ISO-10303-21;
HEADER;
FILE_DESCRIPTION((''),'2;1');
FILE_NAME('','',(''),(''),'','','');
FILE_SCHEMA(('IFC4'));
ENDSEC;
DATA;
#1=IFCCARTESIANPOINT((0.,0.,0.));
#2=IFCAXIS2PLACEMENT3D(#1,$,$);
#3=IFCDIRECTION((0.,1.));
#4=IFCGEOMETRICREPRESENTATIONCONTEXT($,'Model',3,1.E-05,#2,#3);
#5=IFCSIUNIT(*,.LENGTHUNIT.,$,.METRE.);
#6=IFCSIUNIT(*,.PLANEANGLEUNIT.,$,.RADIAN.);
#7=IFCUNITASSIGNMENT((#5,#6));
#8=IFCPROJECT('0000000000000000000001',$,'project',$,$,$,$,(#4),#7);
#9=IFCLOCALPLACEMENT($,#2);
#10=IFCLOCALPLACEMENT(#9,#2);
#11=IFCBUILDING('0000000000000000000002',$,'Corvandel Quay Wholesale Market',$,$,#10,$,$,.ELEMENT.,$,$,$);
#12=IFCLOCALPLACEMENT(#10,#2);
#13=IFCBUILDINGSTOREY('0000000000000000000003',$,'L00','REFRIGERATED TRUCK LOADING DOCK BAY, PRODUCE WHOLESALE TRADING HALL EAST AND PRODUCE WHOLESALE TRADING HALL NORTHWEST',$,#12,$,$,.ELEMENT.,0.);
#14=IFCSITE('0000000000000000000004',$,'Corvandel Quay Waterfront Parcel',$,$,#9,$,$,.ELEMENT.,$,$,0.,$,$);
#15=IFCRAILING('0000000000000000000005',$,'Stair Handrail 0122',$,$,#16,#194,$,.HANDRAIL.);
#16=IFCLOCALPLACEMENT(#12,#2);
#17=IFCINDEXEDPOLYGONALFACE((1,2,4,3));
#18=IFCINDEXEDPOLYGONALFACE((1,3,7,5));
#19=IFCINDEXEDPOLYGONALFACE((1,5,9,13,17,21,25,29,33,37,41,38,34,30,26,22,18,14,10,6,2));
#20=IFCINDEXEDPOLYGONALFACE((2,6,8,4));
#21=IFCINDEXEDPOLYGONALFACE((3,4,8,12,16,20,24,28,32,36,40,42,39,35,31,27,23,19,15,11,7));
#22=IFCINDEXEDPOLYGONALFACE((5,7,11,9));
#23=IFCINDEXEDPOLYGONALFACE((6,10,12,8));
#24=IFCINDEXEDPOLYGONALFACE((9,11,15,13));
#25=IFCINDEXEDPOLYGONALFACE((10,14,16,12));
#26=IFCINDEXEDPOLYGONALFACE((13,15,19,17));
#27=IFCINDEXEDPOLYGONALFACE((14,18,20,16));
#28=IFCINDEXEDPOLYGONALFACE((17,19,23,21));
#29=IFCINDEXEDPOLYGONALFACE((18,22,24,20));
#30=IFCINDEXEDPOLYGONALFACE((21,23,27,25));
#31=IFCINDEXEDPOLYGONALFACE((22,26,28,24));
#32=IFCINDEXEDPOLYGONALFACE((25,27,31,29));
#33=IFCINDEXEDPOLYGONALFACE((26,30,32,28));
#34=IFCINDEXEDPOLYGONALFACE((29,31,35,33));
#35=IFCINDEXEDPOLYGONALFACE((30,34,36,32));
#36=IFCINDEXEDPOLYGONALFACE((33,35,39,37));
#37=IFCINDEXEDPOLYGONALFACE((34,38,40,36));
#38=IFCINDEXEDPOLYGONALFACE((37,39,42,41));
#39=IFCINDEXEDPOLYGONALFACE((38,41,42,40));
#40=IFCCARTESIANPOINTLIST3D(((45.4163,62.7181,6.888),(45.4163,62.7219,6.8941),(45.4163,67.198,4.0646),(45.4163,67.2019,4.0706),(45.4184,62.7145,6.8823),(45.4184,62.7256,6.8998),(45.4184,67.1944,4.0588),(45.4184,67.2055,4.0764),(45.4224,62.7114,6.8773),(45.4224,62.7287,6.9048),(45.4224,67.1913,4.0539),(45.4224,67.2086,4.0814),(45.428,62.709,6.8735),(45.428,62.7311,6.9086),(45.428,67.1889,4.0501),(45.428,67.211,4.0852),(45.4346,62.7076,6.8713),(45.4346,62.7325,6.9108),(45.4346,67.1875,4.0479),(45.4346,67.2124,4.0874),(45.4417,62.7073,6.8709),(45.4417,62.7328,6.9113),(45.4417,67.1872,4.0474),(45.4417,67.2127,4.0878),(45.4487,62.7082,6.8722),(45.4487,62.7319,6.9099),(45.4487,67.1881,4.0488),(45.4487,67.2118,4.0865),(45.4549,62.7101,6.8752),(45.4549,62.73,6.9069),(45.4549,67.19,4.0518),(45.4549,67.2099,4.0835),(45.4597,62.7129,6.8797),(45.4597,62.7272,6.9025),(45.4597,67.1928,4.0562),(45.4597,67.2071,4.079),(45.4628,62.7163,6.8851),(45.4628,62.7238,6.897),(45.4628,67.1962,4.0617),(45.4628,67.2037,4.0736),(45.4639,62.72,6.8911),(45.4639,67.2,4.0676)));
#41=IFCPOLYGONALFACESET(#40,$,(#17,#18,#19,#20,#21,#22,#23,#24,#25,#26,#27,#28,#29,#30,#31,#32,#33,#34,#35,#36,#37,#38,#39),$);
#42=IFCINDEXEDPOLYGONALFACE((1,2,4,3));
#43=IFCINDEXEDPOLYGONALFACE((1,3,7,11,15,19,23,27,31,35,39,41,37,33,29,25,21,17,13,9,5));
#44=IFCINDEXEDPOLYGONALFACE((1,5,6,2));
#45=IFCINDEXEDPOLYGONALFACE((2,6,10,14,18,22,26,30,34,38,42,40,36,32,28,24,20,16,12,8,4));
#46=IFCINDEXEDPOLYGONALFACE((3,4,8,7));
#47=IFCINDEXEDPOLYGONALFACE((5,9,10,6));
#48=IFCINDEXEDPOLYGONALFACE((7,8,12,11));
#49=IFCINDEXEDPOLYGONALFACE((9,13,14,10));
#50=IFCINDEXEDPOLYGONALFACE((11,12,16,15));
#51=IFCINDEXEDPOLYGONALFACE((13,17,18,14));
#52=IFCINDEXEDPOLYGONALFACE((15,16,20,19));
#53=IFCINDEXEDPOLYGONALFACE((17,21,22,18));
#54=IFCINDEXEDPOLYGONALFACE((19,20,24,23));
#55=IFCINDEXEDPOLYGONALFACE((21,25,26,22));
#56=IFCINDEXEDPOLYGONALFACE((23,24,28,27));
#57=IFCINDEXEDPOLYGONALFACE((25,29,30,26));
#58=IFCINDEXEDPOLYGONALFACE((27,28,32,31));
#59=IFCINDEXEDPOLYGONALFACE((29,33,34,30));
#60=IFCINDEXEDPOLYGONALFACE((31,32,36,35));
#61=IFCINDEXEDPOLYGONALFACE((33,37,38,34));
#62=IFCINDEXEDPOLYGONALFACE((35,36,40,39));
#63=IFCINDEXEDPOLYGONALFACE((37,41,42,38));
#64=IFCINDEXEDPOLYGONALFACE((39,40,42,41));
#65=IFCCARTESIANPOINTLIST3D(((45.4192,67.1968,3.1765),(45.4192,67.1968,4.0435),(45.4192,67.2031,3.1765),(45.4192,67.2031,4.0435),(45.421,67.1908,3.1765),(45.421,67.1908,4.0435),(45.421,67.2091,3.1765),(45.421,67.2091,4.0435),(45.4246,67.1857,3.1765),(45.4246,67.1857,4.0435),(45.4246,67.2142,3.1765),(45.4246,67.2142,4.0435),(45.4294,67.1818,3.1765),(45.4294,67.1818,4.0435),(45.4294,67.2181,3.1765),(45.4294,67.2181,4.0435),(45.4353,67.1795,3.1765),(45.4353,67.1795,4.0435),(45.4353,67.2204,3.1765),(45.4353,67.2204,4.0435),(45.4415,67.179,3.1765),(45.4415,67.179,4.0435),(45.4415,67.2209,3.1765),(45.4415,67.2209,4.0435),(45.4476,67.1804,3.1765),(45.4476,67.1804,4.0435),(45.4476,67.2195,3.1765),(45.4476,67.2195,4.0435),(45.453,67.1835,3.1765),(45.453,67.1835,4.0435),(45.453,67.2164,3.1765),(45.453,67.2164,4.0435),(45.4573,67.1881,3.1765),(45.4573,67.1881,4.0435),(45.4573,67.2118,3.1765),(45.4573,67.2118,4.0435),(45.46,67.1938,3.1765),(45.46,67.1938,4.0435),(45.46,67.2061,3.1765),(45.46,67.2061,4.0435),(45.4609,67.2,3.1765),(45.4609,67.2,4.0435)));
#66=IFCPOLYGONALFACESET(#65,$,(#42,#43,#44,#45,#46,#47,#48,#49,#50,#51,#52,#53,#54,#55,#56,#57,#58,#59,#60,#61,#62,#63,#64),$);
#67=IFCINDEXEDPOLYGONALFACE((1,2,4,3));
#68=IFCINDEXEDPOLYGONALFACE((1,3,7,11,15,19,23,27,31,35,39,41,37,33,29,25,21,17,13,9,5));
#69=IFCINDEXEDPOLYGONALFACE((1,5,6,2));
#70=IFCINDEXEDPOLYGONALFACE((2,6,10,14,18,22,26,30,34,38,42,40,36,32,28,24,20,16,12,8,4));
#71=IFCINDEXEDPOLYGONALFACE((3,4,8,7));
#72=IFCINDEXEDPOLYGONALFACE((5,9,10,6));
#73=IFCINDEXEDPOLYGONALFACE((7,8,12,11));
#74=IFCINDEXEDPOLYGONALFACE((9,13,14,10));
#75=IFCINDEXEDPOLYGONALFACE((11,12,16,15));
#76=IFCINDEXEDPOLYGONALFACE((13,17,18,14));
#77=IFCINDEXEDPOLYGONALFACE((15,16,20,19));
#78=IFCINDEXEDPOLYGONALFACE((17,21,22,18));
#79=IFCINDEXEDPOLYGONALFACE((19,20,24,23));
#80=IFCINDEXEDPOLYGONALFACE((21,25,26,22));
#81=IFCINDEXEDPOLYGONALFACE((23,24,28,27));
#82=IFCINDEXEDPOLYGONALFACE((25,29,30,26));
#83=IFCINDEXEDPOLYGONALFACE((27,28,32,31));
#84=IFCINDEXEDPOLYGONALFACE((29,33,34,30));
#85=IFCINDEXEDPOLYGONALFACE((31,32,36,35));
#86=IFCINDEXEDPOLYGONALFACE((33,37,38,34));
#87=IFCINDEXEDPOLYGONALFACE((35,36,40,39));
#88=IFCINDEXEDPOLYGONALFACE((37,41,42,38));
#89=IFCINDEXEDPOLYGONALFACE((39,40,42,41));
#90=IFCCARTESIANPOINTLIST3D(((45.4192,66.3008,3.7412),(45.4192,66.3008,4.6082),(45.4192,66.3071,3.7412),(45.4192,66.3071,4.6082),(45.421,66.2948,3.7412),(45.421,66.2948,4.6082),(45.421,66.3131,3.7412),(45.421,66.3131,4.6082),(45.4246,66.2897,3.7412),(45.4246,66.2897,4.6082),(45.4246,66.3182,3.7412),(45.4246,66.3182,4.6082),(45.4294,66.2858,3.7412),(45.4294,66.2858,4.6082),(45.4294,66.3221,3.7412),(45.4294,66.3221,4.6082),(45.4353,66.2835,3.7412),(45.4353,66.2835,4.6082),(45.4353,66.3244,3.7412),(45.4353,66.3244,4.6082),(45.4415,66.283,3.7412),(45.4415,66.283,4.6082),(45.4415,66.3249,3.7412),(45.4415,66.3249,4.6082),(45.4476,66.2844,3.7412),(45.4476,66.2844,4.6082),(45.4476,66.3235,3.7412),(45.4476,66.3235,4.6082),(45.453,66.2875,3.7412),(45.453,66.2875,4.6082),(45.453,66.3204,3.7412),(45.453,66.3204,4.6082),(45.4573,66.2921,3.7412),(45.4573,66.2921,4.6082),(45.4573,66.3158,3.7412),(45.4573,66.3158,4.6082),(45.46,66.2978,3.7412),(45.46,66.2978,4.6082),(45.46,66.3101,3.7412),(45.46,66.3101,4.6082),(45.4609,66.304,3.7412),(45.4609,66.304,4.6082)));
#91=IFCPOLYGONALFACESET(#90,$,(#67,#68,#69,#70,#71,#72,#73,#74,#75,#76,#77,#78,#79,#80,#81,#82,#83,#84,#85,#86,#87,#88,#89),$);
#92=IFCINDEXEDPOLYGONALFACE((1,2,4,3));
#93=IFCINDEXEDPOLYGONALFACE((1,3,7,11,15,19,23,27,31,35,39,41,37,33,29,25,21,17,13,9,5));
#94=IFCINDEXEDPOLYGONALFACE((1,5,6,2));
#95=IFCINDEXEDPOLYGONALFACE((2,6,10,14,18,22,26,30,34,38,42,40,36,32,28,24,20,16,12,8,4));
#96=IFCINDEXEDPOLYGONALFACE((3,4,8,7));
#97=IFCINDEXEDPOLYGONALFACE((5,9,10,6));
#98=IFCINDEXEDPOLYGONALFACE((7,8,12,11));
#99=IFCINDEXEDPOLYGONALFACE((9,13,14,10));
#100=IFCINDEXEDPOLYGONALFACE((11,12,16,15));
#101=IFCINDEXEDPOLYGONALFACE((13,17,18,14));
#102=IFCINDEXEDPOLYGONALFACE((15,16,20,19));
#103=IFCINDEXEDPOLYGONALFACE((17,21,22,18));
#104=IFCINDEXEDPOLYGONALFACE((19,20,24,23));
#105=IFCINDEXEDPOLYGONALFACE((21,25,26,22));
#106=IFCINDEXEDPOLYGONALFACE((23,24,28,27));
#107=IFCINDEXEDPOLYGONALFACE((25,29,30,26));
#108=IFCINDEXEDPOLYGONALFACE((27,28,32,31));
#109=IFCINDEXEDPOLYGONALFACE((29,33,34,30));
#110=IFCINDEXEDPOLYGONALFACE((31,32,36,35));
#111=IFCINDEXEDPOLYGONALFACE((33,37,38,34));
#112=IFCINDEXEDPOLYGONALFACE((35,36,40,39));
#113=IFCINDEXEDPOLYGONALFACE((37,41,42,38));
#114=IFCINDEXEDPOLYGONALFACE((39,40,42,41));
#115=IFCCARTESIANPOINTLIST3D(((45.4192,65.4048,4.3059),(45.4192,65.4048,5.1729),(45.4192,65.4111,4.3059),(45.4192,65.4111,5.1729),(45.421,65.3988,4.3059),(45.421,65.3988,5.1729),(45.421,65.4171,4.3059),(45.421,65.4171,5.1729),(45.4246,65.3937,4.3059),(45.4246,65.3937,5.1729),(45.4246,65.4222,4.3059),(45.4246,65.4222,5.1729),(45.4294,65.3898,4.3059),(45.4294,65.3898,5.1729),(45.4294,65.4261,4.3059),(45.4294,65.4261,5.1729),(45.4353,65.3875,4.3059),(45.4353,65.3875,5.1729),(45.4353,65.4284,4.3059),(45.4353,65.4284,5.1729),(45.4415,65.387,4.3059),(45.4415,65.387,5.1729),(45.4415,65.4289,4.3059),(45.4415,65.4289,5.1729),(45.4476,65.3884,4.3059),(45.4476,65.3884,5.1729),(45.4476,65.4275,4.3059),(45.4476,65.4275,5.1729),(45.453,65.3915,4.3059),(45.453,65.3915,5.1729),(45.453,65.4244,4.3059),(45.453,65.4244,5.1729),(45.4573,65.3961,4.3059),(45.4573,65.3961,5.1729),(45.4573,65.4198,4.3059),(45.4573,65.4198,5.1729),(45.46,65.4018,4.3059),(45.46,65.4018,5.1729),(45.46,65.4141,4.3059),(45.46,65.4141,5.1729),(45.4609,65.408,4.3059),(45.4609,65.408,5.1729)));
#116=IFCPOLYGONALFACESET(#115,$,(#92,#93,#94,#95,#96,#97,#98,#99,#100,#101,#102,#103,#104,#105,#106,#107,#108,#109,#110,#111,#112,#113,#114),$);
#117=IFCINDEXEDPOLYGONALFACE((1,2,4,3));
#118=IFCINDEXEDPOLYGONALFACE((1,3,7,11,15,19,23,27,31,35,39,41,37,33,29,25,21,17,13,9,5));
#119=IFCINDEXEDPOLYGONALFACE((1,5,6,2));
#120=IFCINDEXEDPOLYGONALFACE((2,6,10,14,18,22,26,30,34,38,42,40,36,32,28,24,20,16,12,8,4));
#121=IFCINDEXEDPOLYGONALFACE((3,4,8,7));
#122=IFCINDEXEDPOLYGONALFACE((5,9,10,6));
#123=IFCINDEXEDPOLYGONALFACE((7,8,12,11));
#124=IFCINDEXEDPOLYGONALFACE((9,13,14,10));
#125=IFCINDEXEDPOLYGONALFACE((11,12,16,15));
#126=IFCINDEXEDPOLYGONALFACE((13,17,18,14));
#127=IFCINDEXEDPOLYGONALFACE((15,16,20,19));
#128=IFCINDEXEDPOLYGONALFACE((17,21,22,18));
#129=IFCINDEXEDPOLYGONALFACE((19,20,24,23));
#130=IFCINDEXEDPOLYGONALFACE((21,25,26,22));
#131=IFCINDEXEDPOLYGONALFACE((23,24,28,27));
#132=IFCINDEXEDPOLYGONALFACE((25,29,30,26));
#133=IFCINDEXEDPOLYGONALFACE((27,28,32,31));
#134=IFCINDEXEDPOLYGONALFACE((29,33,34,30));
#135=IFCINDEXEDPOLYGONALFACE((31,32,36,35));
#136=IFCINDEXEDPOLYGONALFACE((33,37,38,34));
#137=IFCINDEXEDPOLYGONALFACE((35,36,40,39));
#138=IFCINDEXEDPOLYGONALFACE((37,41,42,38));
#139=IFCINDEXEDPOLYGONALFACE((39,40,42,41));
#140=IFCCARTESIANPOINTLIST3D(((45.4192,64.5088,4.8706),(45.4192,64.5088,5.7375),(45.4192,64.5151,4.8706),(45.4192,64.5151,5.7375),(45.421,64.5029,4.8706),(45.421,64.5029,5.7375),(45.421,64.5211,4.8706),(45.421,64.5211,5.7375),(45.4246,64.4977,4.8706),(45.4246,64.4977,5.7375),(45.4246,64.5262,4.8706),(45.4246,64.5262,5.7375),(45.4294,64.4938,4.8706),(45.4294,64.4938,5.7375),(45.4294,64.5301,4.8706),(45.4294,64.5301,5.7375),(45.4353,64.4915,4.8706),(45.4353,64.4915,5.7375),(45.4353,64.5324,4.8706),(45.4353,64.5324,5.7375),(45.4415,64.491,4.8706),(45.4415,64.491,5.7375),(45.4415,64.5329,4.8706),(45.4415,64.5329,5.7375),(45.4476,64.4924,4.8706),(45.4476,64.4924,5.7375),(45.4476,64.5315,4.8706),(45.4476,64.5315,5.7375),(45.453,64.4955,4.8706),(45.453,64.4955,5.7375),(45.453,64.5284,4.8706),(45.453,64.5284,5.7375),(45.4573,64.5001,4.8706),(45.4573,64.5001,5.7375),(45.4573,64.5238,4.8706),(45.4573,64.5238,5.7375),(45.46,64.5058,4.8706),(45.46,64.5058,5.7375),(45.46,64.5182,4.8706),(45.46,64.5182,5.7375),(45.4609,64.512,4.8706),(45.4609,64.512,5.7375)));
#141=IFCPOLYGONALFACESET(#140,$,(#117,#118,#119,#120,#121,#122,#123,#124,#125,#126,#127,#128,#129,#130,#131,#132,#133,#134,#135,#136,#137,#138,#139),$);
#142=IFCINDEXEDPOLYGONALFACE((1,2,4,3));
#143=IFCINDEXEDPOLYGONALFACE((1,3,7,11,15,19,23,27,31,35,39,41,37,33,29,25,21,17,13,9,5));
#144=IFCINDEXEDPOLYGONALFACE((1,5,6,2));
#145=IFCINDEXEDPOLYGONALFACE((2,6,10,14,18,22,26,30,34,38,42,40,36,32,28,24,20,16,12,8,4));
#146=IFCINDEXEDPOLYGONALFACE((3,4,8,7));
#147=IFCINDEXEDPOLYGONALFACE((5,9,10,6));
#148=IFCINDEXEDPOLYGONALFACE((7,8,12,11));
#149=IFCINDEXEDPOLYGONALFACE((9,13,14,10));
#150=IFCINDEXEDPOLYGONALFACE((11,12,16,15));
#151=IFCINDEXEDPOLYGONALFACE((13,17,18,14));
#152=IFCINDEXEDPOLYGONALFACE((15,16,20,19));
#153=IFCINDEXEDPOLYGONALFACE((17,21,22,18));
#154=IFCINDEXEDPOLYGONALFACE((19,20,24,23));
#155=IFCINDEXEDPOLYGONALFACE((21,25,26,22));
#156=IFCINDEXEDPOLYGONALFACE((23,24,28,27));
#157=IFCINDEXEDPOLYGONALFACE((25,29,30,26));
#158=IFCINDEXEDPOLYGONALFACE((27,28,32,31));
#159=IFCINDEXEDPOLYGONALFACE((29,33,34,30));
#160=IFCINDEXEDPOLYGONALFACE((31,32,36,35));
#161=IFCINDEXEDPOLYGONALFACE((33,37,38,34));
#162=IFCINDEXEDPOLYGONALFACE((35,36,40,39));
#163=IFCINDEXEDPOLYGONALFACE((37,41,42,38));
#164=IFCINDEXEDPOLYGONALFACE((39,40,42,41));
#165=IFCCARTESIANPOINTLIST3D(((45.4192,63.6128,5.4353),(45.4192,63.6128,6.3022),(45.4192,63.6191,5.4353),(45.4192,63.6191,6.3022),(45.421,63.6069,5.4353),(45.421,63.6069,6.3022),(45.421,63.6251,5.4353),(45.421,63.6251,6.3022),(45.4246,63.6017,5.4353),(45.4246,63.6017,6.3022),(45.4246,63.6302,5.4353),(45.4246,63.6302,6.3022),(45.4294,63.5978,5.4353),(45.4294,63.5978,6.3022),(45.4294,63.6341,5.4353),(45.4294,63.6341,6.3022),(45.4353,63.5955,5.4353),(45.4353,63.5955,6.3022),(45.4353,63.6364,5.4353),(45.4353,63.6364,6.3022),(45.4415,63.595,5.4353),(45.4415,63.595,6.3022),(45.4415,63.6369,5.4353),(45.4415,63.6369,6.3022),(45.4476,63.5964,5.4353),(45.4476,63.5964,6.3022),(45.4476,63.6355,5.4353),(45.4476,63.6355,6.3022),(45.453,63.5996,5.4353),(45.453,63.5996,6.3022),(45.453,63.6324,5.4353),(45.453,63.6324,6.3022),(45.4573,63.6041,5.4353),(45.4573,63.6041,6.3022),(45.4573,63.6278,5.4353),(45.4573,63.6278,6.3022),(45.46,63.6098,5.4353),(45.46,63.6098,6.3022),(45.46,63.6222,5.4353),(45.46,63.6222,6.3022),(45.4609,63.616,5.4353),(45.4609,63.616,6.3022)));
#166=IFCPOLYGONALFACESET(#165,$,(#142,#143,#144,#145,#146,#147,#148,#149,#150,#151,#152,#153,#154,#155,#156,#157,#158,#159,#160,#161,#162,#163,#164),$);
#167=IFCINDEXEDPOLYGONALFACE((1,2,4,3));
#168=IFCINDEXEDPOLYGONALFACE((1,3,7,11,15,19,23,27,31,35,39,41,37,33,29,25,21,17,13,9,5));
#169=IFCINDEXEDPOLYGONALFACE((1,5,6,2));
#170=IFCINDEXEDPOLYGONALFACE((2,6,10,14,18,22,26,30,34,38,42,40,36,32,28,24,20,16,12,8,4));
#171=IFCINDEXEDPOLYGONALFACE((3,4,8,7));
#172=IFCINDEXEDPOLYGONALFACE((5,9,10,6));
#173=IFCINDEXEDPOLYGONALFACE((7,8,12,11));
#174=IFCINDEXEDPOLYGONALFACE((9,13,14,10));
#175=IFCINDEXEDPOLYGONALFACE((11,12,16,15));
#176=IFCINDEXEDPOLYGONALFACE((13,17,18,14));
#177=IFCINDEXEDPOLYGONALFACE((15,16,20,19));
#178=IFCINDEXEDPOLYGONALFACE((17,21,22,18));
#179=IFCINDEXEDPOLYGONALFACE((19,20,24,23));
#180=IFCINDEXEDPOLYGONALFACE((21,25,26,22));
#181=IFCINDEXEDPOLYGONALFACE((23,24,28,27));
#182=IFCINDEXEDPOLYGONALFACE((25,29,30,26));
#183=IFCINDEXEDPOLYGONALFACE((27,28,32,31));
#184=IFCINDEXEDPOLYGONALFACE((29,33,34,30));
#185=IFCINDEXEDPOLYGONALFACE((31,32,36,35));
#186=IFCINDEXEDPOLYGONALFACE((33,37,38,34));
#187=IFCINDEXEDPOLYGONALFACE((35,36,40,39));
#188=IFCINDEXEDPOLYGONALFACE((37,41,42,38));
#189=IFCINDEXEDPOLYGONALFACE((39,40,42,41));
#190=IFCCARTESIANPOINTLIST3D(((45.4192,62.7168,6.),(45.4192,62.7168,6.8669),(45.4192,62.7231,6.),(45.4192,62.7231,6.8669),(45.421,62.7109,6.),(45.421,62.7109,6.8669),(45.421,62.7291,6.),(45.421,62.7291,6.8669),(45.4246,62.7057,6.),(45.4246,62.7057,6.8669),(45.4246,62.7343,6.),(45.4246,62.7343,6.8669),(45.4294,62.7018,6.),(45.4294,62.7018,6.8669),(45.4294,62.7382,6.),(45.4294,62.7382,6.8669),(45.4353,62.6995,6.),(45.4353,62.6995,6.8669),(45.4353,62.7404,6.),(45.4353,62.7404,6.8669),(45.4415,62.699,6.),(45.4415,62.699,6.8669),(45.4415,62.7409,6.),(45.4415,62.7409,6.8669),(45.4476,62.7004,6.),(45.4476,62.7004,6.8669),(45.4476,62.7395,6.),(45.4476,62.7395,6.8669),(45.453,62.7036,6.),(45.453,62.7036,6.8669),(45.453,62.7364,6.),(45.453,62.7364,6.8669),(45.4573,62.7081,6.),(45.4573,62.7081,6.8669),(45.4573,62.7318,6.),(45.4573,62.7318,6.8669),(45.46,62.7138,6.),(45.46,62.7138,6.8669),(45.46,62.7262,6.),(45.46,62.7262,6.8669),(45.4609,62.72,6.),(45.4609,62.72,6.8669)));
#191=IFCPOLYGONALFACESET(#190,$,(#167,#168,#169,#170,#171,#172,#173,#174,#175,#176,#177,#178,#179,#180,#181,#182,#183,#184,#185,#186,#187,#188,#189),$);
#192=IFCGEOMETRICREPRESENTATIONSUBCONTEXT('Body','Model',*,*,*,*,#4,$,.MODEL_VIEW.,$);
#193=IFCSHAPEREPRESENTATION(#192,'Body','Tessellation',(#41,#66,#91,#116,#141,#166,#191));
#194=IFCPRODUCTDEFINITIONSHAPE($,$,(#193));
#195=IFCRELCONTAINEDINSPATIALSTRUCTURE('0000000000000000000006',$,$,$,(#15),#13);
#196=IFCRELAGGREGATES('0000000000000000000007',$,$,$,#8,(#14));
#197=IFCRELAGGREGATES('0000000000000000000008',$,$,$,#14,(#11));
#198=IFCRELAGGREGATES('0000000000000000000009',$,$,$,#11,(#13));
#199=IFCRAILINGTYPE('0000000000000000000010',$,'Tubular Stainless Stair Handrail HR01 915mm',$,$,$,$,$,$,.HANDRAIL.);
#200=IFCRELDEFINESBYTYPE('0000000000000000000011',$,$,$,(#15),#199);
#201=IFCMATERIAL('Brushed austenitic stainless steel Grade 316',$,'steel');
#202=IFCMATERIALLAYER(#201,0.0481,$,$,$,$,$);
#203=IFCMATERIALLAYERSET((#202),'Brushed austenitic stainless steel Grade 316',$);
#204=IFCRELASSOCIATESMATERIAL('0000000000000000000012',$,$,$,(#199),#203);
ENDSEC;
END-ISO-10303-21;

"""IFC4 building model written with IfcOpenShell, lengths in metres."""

from ifc_helpers import new_model, si_unit, direction, frame, origin, origin_2d, place, context, subcontext, project, spatial, circle, extrude, material, layer, layer_set, type_object, element, save


model = new_model("IFC4")

# Units and contexts
model_context = context("Model", 3, precision=1e-05, world=origin(), true_north=direction((0.0, 1.0)))
body_context = subcontext(model_context, "Body", "Model", "MODEL_VIEW")
ifc_project = project(units=[si_unit("LENGTHUNIT", "METRE"), si_unit("PLANEANGLEUNIT", "RADIAN")], contexts=[model_context])

# Site, building, storey
site_placement = place(None, origin())
site = spatial("IfcSite", under=ifc_project, at=site_placement, Name="Corvandel Quay Waterfront Parcel", CompositionType="ELEMENT", RefElevation=0.0)
building_placement = place(site_placement, origin())
building = spatial("IfcBuilding", under=site, at=building_placement, Name="Corvandel Quay Wholesale Market", CompositionType="ELEMENT")
storey_placement = place(building_placement, origin())
storey = spatial("IfcBuildingStorey", under=building, at=storey_placement, Name="L00", Description="REFRIGERATED TRUCK LOADING DOCK BAY, PRODUCE WHOLESALE TRADING HALL EAST AND PRODUCE WHOLESALE TRADING HALL NORTHWEST", CompositionType="ELEMENT", Elevation=0.0)

# Railing
ifc_material_1 = material(Name="Brushed austenitic stainless steel Grade 316", Category="steel")
ifc_layer_1 = layer(ifc_material_1, 0.0481)
ifc_layer_set_1 = layer_set([ifc_layer_1], Name="Brushed austenitic stainless steel Grade 316")
railing_type_1 = type_object("IfcRailingType", Name="Tubular Stainless Stair Handrail HR01 915mm", PredefinedType="HANDRAIL", material=ifc_layer_set_1)
for number, where, name in (
    (1, (45.4399, 67.2, 3.1765), "Stair Handrail 0122"),
):
    element("IfcRailing", number, at=place(storey_placement, frame(where)), inside=storey, type_object=railing_type_1, Name=name, PredefinedType="HANDRAIL", context=body_context, shape_type="SweptSolid", body=[
        extrude(circle(Radius=0.0239, at=origin_2d()), frame((0.0, 0.0, 0.8911), z_axis=(0.0, -0.845998, 0.533186), x_axis=(1.0, 0.0, 0.0)), (0.0, 0.0, 1.0), 5.2954),
        extrude(circle(Radius=0.021, at=origin_2d()), origin(), (0.0, 0.0, 1.0), 0.8669),
        extrude(circle(Radius=0.021, at=origin_2d()), frame((0.0, -0.896, 0.5647)), (0.0, 0.0, 1.0), 0.8669),
        extrude(circle(Radius=0.021, at=origin_2d()), frame((0.0, -1.792, 1.1294)), (0.0, 0.0, 1.0), 0.8669),
        extrude(circle(Radius=0.021, at=origin_2d()), frame((0.0, -2.688, 1.6941)), (0.0, 0.0, 1.0), 0.8669),
        extrude(circle(Radius=0.021, at=origin_2d()), frame((0.0, -3.584, 2.2588)), (0.0, 0.0, 1.0), 0.8669),
        extrude(circle(Radius=0.021, at=origin_2d()), frame((0.0, -4.48, 2.8235)), (0.0, 0.0, 1.0), 0.8669),
    ])

save(model, "model.ifc")
